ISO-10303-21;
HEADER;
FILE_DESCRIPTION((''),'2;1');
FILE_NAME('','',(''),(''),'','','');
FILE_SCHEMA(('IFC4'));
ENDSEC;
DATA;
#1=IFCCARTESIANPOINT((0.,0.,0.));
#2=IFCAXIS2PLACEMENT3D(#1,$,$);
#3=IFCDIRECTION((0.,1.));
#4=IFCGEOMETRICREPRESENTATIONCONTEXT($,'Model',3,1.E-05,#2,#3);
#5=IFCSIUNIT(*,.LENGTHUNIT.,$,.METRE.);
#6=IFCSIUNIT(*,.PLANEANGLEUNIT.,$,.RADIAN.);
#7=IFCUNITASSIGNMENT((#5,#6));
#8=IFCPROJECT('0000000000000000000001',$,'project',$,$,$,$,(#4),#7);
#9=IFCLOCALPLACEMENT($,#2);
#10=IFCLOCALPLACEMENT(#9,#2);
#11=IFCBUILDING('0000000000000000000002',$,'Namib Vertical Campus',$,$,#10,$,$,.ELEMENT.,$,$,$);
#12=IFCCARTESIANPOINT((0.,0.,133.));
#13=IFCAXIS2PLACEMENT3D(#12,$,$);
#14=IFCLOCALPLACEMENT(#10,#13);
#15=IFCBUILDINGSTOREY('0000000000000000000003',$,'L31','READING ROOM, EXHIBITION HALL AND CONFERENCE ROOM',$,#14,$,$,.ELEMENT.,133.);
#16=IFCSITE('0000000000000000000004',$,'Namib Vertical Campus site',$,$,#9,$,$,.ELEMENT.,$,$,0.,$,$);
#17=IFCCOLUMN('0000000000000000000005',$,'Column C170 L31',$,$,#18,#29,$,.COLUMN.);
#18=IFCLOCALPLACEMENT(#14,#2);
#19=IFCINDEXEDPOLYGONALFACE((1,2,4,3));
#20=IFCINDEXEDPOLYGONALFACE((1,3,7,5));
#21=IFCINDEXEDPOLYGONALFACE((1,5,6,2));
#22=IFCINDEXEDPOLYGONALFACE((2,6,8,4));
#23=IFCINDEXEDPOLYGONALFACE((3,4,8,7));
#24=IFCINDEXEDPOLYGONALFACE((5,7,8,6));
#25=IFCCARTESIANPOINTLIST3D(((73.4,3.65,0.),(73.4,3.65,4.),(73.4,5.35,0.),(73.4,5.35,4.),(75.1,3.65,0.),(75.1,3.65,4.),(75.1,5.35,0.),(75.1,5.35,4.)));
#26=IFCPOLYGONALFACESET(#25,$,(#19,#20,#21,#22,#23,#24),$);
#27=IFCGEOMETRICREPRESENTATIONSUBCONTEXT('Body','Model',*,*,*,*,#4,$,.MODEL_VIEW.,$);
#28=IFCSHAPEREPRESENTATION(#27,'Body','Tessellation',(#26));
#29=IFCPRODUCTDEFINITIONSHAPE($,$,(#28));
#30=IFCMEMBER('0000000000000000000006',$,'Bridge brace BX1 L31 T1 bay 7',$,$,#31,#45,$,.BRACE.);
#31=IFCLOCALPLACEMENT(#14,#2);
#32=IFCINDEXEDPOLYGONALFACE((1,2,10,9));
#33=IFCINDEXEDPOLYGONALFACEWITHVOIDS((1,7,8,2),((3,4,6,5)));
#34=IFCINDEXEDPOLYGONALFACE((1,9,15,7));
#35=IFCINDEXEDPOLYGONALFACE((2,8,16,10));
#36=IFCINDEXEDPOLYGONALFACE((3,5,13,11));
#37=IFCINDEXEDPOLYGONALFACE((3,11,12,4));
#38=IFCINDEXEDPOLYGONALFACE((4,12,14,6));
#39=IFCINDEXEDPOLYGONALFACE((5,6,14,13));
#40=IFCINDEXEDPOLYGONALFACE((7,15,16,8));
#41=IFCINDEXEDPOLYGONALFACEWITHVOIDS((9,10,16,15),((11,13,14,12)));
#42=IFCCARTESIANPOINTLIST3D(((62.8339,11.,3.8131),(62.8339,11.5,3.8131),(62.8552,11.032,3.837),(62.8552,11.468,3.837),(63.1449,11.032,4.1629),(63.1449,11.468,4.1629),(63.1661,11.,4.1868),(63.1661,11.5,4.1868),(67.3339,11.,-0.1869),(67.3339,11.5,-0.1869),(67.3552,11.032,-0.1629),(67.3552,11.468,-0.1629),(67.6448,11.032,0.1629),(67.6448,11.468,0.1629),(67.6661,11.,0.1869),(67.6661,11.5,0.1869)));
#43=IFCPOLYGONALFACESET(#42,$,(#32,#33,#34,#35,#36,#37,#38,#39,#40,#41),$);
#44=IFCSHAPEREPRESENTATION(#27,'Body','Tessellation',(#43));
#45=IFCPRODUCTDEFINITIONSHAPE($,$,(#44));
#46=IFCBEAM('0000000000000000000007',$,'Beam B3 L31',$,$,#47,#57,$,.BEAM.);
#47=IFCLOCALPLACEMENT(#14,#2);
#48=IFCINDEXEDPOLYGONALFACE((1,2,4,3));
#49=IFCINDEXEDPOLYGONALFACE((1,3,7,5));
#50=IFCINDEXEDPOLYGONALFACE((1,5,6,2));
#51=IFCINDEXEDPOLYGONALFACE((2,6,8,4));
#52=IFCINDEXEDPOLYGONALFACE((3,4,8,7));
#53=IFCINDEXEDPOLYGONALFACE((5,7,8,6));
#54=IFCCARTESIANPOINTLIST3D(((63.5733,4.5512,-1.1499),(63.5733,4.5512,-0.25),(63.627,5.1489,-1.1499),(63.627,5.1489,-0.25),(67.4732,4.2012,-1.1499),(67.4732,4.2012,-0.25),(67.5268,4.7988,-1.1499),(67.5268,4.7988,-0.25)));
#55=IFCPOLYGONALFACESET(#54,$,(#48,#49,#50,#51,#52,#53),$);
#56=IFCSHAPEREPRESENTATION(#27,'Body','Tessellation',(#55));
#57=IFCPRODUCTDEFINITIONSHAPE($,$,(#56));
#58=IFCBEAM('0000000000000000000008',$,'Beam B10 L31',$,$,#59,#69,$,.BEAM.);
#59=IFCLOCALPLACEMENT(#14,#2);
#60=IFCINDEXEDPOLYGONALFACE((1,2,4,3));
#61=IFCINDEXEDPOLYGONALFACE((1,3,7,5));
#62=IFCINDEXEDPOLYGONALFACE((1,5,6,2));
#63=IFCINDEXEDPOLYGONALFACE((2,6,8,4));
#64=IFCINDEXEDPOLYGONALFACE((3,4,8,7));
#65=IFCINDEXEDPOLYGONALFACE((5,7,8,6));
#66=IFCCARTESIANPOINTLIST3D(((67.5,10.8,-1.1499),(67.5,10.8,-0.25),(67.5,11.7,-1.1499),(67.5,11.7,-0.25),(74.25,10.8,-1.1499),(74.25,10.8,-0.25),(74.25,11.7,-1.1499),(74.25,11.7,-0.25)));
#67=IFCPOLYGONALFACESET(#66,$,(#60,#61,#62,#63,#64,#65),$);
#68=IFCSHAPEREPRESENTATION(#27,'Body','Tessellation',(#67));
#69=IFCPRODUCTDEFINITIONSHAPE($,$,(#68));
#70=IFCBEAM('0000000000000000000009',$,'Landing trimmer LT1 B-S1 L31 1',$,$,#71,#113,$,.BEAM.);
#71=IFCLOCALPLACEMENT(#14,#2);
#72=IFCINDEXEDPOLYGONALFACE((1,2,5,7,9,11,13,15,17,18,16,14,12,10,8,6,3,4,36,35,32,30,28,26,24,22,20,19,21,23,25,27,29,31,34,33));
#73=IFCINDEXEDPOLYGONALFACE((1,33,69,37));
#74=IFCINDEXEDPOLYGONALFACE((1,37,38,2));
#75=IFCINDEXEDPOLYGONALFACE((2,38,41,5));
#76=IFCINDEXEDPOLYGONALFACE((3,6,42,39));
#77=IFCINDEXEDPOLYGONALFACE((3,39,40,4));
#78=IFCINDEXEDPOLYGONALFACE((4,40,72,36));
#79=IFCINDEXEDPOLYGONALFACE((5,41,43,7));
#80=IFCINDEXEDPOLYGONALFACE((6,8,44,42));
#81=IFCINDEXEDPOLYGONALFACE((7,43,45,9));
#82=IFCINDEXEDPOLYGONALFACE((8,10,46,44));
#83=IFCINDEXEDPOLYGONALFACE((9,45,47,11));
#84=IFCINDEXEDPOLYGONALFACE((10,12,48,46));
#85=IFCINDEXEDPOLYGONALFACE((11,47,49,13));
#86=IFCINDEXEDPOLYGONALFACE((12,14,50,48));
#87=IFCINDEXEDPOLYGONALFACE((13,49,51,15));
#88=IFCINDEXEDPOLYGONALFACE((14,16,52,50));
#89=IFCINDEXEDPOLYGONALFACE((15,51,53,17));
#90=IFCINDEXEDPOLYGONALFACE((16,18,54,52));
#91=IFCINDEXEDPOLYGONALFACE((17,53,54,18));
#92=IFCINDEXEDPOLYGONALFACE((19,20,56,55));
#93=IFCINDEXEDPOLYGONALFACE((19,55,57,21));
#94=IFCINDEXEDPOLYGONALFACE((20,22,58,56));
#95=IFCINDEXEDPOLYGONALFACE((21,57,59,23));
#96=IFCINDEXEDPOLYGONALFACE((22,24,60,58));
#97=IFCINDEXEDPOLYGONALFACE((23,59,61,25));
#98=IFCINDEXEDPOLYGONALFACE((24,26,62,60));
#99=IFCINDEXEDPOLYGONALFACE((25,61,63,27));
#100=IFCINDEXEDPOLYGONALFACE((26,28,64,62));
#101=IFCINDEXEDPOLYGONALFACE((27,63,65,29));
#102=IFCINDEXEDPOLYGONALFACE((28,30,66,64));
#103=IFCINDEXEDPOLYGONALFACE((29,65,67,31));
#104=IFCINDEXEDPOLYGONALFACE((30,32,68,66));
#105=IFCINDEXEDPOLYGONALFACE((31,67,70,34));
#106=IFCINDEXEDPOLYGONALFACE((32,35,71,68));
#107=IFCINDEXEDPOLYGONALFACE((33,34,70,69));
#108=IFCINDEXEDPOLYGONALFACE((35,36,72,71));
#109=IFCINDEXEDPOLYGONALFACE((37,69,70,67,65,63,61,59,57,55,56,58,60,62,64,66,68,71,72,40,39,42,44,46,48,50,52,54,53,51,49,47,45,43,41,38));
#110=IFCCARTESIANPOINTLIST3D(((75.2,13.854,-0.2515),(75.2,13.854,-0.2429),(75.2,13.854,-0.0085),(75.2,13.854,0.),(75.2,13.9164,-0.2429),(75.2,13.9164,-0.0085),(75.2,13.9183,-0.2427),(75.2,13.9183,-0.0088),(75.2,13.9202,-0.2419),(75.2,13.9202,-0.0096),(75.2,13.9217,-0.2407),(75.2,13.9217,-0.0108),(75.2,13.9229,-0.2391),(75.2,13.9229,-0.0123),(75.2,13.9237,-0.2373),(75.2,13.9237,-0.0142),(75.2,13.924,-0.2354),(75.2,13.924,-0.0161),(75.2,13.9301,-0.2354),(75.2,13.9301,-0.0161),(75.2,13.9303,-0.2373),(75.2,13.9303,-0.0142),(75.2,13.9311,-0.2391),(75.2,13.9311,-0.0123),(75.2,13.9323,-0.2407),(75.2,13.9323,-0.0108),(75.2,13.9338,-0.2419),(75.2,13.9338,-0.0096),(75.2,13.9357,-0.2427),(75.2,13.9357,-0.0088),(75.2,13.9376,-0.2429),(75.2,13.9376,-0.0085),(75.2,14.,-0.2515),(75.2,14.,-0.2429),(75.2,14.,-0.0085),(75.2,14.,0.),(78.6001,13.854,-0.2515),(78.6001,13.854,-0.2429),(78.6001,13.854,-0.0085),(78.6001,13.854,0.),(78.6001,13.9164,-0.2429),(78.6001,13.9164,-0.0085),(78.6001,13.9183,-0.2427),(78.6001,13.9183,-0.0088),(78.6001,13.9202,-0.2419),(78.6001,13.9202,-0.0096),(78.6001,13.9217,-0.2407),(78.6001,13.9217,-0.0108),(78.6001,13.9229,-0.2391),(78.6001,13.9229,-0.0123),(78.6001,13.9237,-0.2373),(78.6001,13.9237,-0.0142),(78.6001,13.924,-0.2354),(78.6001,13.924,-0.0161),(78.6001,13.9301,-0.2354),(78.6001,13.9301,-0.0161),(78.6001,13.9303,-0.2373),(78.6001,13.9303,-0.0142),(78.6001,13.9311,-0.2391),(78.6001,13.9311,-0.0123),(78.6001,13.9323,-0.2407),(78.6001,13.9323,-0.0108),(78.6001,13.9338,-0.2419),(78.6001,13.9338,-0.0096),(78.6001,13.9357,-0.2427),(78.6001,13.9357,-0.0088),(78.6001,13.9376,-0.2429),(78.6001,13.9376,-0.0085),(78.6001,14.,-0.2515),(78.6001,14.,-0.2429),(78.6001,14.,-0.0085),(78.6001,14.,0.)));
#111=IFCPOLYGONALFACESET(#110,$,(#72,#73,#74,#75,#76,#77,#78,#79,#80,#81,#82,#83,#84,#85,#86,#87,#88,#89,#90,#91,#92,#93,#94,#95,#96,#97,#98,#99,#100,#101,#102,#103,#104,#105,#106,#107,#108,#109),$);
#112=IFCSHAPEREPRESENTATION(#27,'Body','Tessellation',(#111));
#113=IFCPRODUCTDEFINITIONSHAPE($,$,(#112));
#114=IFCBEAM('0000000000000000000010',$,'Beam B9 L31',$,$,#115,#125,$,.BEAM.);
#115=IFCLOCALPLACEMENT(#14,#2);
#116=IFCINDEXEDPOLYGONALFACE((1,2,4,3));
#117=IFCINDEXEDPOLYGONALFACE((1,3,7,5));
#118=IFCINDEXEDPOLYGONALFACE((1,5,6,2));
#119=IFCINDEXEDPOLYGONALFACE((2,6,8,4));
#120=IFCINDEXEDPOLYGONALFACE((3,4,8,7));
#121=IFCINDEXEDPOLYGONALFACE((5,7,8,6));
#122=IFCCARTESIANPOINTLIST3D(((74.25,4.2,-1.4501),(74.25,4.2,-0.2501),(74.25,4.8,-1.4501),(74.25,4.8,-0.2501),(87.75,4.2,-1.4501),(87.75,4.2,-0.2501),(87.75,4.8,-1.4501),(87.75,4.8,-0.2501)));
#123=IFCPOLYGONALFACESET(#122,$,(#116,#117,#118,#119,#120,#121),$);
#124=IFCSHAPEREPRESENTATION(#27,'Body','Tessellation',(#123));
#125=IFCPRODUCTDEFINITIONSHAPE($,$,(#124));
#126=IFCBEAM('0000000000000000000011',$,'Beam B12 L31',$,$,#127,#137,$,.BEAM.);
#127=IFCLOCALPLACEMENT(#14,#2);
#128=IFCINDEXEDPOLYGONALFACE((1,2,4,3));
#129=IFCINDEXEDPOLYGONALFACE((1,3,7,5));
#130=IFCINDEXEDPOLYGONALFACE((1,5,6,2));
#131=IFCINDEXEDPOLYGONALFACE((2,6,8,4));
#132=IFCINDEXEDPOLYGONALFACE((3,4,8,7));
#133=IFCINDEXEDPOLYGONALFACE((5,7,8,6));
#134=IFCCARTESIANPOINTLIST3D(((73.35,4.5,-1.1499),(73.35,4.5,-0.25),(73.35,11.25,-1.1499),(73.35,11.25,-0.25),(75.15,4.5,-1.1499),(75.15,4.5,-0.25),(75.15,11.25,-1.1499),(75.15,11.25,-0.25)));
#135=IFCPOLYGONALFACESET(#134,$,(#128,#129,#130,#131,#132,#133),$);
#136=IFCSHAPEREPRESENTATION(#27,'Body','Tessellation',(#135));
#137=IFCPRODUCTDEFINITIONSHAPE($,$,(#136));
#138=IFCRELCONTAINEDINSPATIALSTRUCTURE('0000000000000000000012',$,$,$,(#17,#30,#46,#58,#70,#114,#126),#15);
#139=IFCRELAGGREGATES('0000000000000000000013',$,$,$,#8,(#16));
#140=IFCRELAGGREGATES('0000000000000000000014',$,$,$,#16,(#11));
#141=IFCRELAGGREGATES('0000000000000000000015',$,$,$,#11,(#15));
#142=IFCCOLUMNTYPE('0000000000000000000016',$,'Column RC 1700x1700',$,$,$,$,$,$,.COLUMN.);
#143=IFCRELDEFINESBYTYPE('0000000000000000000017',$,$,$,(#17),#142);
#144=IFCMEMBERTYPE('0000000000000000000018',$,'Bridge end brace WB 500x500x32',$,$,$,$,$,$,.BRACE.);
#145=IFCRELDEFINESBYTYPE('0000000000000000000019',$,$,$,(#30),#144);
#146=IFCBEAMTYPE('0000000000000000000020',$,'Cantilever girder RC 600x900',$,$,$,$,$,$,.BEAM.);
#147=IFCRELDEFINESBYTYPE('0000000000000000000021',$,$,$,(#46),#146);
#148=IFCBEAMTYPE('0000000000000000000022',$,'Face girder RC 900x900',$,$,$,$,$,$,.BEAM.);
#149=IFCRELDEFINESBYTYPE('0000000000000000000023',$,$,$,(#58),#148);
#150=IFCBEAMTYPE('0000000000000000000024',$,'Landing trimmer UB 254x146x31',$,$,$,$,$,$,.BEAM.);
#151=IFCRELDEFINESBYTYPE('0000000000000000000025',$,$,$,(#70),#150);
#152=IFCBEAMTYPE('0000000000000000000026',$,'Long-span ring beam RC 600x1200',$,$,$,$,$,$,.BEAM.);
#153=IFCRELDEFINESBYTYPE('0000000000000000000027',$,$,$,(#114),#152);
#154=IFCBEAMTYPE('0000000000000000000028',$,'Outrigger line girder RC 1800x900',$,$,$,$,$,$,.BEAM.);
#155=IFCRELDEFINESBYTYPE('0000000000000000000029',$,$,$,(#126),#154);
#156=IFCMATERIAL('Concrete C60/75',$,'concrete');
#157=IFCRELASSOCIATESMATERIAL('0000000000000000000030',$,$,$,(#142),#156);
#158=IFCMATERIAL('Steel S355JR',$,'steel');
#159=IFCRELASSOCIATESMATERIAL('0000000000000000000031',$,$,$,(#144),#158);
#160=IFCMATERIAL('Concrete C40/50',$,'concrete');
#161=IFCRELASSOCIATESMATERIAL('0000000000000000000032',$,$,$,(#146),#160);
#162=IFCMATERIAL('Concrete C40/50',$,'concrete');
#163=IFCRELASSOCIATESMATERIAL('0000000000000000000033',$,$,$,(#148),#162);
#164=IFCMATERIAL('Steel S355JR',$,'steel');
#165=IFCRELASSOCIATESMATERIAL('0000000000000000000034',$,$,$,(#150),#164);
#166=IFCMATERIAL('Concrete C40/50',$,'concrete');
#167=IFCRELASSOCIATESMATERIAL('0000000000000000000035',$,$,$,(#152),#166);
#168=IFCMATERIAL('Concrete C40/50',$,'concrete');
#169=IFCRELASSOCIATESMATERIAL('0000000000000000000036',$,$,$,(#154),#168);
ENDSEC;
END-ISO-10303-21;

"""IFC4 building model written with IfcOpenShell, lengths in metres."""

from ifc_helpers import new_model, si_unit, direction, frame, origin, origin_2d, place, context, subcontext, project, spatial, rectangle, hollow_rectangle, i_section, extrude, material, material_profile, profile_set, type_object, element, save


model = new_model("IFC4")

# Units and contexts
model_context = context("Model", 3, precision=1e-05, world=origin(), true_north=direction((0.0, 1.0)))
body_context = subcontext(model_context, "Body", "Model", "MODEL_VIEW")
ifc_project = project(units=[si_unit("LENGTHUNIT", "METRE"), si_unit("PLANEANGLEUNIT", "RADIAN")], contexts=[model_context])

# Site, building, storey
site_placement = place(None, origin())
site = spatial("IfcSite", under=ifc_project, at=site_placement, Name="Namib Vertical Campus site", CompositionType="ELEMENT", RefElevation=0.0)
building_placement = place(site_placement, origin())
building = spatial("IfcBuilding", under=site, at=building_placement, Name="Namib Vertical Campus", CompositionType="ELEMENT")
storey_placement = place(building_placement, frame((0.0, 0.0, 133.0)))
storey = spatial("IfcBuildingStorey", under=building, at=storey_placement, Name="L31", Description="READING ROOM, EXHIBITION HALL AND CONFERENCE ROOM", CompositionType="ELEMENT", Elevation=133.0)

# Column
ifc_material_1 = material(Name="Concrete C60/75", Category="concrete")
ifc_material_profile_1 = material_profile(ifc_material_1, rectangle(XDim=1.7, YDim=1.7, at=origin_2d()))
ifc_profile_set_1 = profile_set([ifc_material_profile_1], Name="Concrete C60/75")
column_type = type_object("IfcColumnType", Name="Column RC 1700x1700", PredefinedType="COLUMN", material=ifc_profile_set_1)
column_placement = place(storey_placement, frame((74.25, 4.5, 0.0), z_axis=(0.0, 0.0, 1.0), x_axis=(1.0, 0.0, 0.0)))
element("IfcColumn", 1, at=column_placement, inside=storey, type_object=column_type, Name="Column C170 L31", PredefinedType="COLUMN", context=body_context, shape_type="SweptSolid", body=[
    extrude(rectangle(XDim=1.7, YDim=1.7, at=origin_2d()), origin(), (0.0, 0.0, 1.0), 4.0),
])

# Member
ifc_material_2 = material(Name="Steel S355JR", Category="steel")
ifc_material_profile_2 = material_profile(ifc_material_2, hollow_rectangle(XDim=0.5, YDim=0.5, WallThickness=0.032, at=origin_2d()))
ifc_profile_set_2 = profile_set([ifc_material_profile_2], Name="Steel S355JR")
member_type = type_object("IfcMemberType", Name="Bridge end brace WB 500x500x32", PredefinedType="BRACE", material=ifc_profile_set_2)
member_placement = place(storey_placement, frame((67.5, 11.25, 0.0), z_axis=(-0.747409, 0.0, 0.664364), x_axis=(0.0, -1.0, 0.0)))
element("IfcMember", 2, at=member_placement, inside=storey, type_object=member_type, Name="Bridge brace BX1 L31 T1 bay 7", PredefinedType="BRACE", context=body_context, shape_type="SweptSolid", body=[
    extrude(hollow_rectangle(XDim=0.5, YDim=0.5, WallThickness=0.032, at=origin_2d()), origin(), (0.0, 0.0, 1.0), 6.0208),
])

# Beams
ifc_material_3 = material(Name="Concrete C40/50", Category="concrete")
ifc_material_profile_3 = material_profile(ifc_material_3, rectangle(XDim=0.6001, YDim=0.8999, at=origin_2d()))
ifc_profile_set_3 = profile_set([ifc_material_profile_3], Name="Concrete C40/50")
beam_type_1 = type_object("IfcBeamType", Name="Cantilever girder RC 600x900", PredefinedType="BEAM", material=ifc_profile_set_3)
beam_1_placement = place(storey_placement, frame((67.5, 4.5, -0.7), z_axis=(-0.995995, 0.089411, 0.0), x_axis=(-0.089411, -0.995995, 0.0)))
element("IfcBeam", 3, at=beam_1_placement, inside=storey, type_object=beam_type_1, Name="Beam B3 L31", PredefinedType="BEAM", context=body_context, shape_type="SweptSolid", body=[
    extrude(rectangle(XDim=0.6001, YDim=0.8999, at=origin_2d()), origin(), (0.0, 0.0, 1.0), 3.9155),
])
ifc_material_4 = material(Name="Concrete C40/50", Category="concrete")
ifc_material_profile_4 = material_profile(ifc_material_4, rectangle(XDim=0.8999, YDim=0.8999, at=origin_2d()))
ifc_profile_set_4 = profile_set([ifc_material_profile_4], Name="Concrete C40/50")
beam_type_2 = type_object("IfcBeamType", Name="Face girder RC 900x900", PredefinedType="BEAM", material=ifc_profile_set_4)
beam_2_placement = place(storey_placement, frame((67.5, 11.25, -0.7), z_axis=(1.0, 0.0, 0.0), x_axis=(0.0, 1.0, 0.0)))
element("IfcBeam", 4, at=beam_2_placement, inside=storey, type_object=beam_type_2, Name="Beam B10 L31", PredefinedType="BEAM", context=body_context, shape_type="SweptSolid", body=[
    extrude(rectangle(XDim=0.8999, YDim=0.8999, at=origin_2d()), origin(), (0.0, 0.0, 1.0), 6.75),
])
ifc_material_5 = material(Name="Steel S355JR", Category="steel")
ifc_material_profile_5 = material_profile(ifc_material_5, i_section(OverallWidth=0.146, OverallDepth=0.2515, WebThickness=0.0061, FlangeThickness=0.0085, FilletRadius=0.0076, at=origin_2d()))
ifc_profile_set_5 = profile_set([ifc_material_profile_5], Name="Steel S355JR")
beam_type_3 = type_object("IfcBeamType", Name="Landing trimmer UB 254x146x31", PredefinedType="BEAM", material=ifc_profile_set_5)
beam_3_placement = place(storey_placement, frame((75.2, 13.927, -0.1257), z_axis=(1.0, 0.0, 0.0), x_axis=(0.0, 1.0, 0.0)))
element("IfcBeam", 5, at=beam_3_placement, inside=storey, type_object=beam_type_3, Name="Landing trimmer LT1 B-S1 L31 1", PredefinedType="BEAM", context=body_context, shape_type="SweptSolid", body=[
    extrude(i_section(OverallWidth=0.146, OverallDepth=0.2515, WebThickness=0.0061, FlangeThickness=0.0085, FilletRadius=0.0076, at=origin_2d()), origin(), (0.0, 0.0, 1.0), 3.4001),
])
ifc_material_6 = material(Name="Concrete C40/50", Category="concrete")
ifc_material_profile_6 = material_profile(ifc_material_6, rectangle(XDim=0.6001, YDim=1.2, at=origin_2d()))
ifc_profile_set_6 = profile_set([ifc_material_profile_6], Name="Concrete C40/50")
beam_type_4 = type_object("IfcBeamType", Name="Long-span ring beam RC 600x1200", PredefinedType="BEAM", material=ifc_profile_set_6)
beam_4_placement = place(storey_placement, frame((74.25, 4.5, -0.8501), z_axis=(1.0, 0.0, 0.0), x_axis=(0.0, 1.0, 0.0)))
element("IfcBeam", 6, at=beam_4_placement, inside=storey, type_object=beam_type_4, Name="Beam B9 L31", PredefinedType="BEAM", context=body_context, shape_type="SweptSolid", body=[
    extrude(rectangle(XDim=0.6001, YDim=1.2, at=origin_2d()), origin(), (0.0, 0.0, 1.0), 13.5),
])
ifc_material_7 = material(Name="Concrete C40/50", Category="concrete")
ifc_material_profile_7 = material_profile(ifc_material_7, rectangle(XDim=1.8, YDim=0.8999, at=origin_2d()))
ifc_profile_set_7 = profile_set([ifc_material_profile_7], Name="Concrete C40/50")
beam_type_5 = type_object("IfcBeamType", Name="Outrigger line girder RC 1800x900", PredefinedType="BEAM", material=ifc_profile_set_7)
beam_5_placement = place(storey_placement, frame((74.25, 4.5, -0.7), z_axis=(0.0, 1.0, 0.0), x_axis=(-1.0, 0.0, 0.0)))
element("IfcBeam", 7, at=beam_5_placement, inside=storey, type_object=beam_type_5, Name="Beam B12 L31", PredefinedType="BEAM", context=body_context, shape_type="SweptSolid", body=[
    extrude(rectangle(XDim=1.8, YDim=0.8999, at=origin_2d()), origin(), (0.0, 0.0, 1.0), 6.75),
])

save(model, "model.ifc")
